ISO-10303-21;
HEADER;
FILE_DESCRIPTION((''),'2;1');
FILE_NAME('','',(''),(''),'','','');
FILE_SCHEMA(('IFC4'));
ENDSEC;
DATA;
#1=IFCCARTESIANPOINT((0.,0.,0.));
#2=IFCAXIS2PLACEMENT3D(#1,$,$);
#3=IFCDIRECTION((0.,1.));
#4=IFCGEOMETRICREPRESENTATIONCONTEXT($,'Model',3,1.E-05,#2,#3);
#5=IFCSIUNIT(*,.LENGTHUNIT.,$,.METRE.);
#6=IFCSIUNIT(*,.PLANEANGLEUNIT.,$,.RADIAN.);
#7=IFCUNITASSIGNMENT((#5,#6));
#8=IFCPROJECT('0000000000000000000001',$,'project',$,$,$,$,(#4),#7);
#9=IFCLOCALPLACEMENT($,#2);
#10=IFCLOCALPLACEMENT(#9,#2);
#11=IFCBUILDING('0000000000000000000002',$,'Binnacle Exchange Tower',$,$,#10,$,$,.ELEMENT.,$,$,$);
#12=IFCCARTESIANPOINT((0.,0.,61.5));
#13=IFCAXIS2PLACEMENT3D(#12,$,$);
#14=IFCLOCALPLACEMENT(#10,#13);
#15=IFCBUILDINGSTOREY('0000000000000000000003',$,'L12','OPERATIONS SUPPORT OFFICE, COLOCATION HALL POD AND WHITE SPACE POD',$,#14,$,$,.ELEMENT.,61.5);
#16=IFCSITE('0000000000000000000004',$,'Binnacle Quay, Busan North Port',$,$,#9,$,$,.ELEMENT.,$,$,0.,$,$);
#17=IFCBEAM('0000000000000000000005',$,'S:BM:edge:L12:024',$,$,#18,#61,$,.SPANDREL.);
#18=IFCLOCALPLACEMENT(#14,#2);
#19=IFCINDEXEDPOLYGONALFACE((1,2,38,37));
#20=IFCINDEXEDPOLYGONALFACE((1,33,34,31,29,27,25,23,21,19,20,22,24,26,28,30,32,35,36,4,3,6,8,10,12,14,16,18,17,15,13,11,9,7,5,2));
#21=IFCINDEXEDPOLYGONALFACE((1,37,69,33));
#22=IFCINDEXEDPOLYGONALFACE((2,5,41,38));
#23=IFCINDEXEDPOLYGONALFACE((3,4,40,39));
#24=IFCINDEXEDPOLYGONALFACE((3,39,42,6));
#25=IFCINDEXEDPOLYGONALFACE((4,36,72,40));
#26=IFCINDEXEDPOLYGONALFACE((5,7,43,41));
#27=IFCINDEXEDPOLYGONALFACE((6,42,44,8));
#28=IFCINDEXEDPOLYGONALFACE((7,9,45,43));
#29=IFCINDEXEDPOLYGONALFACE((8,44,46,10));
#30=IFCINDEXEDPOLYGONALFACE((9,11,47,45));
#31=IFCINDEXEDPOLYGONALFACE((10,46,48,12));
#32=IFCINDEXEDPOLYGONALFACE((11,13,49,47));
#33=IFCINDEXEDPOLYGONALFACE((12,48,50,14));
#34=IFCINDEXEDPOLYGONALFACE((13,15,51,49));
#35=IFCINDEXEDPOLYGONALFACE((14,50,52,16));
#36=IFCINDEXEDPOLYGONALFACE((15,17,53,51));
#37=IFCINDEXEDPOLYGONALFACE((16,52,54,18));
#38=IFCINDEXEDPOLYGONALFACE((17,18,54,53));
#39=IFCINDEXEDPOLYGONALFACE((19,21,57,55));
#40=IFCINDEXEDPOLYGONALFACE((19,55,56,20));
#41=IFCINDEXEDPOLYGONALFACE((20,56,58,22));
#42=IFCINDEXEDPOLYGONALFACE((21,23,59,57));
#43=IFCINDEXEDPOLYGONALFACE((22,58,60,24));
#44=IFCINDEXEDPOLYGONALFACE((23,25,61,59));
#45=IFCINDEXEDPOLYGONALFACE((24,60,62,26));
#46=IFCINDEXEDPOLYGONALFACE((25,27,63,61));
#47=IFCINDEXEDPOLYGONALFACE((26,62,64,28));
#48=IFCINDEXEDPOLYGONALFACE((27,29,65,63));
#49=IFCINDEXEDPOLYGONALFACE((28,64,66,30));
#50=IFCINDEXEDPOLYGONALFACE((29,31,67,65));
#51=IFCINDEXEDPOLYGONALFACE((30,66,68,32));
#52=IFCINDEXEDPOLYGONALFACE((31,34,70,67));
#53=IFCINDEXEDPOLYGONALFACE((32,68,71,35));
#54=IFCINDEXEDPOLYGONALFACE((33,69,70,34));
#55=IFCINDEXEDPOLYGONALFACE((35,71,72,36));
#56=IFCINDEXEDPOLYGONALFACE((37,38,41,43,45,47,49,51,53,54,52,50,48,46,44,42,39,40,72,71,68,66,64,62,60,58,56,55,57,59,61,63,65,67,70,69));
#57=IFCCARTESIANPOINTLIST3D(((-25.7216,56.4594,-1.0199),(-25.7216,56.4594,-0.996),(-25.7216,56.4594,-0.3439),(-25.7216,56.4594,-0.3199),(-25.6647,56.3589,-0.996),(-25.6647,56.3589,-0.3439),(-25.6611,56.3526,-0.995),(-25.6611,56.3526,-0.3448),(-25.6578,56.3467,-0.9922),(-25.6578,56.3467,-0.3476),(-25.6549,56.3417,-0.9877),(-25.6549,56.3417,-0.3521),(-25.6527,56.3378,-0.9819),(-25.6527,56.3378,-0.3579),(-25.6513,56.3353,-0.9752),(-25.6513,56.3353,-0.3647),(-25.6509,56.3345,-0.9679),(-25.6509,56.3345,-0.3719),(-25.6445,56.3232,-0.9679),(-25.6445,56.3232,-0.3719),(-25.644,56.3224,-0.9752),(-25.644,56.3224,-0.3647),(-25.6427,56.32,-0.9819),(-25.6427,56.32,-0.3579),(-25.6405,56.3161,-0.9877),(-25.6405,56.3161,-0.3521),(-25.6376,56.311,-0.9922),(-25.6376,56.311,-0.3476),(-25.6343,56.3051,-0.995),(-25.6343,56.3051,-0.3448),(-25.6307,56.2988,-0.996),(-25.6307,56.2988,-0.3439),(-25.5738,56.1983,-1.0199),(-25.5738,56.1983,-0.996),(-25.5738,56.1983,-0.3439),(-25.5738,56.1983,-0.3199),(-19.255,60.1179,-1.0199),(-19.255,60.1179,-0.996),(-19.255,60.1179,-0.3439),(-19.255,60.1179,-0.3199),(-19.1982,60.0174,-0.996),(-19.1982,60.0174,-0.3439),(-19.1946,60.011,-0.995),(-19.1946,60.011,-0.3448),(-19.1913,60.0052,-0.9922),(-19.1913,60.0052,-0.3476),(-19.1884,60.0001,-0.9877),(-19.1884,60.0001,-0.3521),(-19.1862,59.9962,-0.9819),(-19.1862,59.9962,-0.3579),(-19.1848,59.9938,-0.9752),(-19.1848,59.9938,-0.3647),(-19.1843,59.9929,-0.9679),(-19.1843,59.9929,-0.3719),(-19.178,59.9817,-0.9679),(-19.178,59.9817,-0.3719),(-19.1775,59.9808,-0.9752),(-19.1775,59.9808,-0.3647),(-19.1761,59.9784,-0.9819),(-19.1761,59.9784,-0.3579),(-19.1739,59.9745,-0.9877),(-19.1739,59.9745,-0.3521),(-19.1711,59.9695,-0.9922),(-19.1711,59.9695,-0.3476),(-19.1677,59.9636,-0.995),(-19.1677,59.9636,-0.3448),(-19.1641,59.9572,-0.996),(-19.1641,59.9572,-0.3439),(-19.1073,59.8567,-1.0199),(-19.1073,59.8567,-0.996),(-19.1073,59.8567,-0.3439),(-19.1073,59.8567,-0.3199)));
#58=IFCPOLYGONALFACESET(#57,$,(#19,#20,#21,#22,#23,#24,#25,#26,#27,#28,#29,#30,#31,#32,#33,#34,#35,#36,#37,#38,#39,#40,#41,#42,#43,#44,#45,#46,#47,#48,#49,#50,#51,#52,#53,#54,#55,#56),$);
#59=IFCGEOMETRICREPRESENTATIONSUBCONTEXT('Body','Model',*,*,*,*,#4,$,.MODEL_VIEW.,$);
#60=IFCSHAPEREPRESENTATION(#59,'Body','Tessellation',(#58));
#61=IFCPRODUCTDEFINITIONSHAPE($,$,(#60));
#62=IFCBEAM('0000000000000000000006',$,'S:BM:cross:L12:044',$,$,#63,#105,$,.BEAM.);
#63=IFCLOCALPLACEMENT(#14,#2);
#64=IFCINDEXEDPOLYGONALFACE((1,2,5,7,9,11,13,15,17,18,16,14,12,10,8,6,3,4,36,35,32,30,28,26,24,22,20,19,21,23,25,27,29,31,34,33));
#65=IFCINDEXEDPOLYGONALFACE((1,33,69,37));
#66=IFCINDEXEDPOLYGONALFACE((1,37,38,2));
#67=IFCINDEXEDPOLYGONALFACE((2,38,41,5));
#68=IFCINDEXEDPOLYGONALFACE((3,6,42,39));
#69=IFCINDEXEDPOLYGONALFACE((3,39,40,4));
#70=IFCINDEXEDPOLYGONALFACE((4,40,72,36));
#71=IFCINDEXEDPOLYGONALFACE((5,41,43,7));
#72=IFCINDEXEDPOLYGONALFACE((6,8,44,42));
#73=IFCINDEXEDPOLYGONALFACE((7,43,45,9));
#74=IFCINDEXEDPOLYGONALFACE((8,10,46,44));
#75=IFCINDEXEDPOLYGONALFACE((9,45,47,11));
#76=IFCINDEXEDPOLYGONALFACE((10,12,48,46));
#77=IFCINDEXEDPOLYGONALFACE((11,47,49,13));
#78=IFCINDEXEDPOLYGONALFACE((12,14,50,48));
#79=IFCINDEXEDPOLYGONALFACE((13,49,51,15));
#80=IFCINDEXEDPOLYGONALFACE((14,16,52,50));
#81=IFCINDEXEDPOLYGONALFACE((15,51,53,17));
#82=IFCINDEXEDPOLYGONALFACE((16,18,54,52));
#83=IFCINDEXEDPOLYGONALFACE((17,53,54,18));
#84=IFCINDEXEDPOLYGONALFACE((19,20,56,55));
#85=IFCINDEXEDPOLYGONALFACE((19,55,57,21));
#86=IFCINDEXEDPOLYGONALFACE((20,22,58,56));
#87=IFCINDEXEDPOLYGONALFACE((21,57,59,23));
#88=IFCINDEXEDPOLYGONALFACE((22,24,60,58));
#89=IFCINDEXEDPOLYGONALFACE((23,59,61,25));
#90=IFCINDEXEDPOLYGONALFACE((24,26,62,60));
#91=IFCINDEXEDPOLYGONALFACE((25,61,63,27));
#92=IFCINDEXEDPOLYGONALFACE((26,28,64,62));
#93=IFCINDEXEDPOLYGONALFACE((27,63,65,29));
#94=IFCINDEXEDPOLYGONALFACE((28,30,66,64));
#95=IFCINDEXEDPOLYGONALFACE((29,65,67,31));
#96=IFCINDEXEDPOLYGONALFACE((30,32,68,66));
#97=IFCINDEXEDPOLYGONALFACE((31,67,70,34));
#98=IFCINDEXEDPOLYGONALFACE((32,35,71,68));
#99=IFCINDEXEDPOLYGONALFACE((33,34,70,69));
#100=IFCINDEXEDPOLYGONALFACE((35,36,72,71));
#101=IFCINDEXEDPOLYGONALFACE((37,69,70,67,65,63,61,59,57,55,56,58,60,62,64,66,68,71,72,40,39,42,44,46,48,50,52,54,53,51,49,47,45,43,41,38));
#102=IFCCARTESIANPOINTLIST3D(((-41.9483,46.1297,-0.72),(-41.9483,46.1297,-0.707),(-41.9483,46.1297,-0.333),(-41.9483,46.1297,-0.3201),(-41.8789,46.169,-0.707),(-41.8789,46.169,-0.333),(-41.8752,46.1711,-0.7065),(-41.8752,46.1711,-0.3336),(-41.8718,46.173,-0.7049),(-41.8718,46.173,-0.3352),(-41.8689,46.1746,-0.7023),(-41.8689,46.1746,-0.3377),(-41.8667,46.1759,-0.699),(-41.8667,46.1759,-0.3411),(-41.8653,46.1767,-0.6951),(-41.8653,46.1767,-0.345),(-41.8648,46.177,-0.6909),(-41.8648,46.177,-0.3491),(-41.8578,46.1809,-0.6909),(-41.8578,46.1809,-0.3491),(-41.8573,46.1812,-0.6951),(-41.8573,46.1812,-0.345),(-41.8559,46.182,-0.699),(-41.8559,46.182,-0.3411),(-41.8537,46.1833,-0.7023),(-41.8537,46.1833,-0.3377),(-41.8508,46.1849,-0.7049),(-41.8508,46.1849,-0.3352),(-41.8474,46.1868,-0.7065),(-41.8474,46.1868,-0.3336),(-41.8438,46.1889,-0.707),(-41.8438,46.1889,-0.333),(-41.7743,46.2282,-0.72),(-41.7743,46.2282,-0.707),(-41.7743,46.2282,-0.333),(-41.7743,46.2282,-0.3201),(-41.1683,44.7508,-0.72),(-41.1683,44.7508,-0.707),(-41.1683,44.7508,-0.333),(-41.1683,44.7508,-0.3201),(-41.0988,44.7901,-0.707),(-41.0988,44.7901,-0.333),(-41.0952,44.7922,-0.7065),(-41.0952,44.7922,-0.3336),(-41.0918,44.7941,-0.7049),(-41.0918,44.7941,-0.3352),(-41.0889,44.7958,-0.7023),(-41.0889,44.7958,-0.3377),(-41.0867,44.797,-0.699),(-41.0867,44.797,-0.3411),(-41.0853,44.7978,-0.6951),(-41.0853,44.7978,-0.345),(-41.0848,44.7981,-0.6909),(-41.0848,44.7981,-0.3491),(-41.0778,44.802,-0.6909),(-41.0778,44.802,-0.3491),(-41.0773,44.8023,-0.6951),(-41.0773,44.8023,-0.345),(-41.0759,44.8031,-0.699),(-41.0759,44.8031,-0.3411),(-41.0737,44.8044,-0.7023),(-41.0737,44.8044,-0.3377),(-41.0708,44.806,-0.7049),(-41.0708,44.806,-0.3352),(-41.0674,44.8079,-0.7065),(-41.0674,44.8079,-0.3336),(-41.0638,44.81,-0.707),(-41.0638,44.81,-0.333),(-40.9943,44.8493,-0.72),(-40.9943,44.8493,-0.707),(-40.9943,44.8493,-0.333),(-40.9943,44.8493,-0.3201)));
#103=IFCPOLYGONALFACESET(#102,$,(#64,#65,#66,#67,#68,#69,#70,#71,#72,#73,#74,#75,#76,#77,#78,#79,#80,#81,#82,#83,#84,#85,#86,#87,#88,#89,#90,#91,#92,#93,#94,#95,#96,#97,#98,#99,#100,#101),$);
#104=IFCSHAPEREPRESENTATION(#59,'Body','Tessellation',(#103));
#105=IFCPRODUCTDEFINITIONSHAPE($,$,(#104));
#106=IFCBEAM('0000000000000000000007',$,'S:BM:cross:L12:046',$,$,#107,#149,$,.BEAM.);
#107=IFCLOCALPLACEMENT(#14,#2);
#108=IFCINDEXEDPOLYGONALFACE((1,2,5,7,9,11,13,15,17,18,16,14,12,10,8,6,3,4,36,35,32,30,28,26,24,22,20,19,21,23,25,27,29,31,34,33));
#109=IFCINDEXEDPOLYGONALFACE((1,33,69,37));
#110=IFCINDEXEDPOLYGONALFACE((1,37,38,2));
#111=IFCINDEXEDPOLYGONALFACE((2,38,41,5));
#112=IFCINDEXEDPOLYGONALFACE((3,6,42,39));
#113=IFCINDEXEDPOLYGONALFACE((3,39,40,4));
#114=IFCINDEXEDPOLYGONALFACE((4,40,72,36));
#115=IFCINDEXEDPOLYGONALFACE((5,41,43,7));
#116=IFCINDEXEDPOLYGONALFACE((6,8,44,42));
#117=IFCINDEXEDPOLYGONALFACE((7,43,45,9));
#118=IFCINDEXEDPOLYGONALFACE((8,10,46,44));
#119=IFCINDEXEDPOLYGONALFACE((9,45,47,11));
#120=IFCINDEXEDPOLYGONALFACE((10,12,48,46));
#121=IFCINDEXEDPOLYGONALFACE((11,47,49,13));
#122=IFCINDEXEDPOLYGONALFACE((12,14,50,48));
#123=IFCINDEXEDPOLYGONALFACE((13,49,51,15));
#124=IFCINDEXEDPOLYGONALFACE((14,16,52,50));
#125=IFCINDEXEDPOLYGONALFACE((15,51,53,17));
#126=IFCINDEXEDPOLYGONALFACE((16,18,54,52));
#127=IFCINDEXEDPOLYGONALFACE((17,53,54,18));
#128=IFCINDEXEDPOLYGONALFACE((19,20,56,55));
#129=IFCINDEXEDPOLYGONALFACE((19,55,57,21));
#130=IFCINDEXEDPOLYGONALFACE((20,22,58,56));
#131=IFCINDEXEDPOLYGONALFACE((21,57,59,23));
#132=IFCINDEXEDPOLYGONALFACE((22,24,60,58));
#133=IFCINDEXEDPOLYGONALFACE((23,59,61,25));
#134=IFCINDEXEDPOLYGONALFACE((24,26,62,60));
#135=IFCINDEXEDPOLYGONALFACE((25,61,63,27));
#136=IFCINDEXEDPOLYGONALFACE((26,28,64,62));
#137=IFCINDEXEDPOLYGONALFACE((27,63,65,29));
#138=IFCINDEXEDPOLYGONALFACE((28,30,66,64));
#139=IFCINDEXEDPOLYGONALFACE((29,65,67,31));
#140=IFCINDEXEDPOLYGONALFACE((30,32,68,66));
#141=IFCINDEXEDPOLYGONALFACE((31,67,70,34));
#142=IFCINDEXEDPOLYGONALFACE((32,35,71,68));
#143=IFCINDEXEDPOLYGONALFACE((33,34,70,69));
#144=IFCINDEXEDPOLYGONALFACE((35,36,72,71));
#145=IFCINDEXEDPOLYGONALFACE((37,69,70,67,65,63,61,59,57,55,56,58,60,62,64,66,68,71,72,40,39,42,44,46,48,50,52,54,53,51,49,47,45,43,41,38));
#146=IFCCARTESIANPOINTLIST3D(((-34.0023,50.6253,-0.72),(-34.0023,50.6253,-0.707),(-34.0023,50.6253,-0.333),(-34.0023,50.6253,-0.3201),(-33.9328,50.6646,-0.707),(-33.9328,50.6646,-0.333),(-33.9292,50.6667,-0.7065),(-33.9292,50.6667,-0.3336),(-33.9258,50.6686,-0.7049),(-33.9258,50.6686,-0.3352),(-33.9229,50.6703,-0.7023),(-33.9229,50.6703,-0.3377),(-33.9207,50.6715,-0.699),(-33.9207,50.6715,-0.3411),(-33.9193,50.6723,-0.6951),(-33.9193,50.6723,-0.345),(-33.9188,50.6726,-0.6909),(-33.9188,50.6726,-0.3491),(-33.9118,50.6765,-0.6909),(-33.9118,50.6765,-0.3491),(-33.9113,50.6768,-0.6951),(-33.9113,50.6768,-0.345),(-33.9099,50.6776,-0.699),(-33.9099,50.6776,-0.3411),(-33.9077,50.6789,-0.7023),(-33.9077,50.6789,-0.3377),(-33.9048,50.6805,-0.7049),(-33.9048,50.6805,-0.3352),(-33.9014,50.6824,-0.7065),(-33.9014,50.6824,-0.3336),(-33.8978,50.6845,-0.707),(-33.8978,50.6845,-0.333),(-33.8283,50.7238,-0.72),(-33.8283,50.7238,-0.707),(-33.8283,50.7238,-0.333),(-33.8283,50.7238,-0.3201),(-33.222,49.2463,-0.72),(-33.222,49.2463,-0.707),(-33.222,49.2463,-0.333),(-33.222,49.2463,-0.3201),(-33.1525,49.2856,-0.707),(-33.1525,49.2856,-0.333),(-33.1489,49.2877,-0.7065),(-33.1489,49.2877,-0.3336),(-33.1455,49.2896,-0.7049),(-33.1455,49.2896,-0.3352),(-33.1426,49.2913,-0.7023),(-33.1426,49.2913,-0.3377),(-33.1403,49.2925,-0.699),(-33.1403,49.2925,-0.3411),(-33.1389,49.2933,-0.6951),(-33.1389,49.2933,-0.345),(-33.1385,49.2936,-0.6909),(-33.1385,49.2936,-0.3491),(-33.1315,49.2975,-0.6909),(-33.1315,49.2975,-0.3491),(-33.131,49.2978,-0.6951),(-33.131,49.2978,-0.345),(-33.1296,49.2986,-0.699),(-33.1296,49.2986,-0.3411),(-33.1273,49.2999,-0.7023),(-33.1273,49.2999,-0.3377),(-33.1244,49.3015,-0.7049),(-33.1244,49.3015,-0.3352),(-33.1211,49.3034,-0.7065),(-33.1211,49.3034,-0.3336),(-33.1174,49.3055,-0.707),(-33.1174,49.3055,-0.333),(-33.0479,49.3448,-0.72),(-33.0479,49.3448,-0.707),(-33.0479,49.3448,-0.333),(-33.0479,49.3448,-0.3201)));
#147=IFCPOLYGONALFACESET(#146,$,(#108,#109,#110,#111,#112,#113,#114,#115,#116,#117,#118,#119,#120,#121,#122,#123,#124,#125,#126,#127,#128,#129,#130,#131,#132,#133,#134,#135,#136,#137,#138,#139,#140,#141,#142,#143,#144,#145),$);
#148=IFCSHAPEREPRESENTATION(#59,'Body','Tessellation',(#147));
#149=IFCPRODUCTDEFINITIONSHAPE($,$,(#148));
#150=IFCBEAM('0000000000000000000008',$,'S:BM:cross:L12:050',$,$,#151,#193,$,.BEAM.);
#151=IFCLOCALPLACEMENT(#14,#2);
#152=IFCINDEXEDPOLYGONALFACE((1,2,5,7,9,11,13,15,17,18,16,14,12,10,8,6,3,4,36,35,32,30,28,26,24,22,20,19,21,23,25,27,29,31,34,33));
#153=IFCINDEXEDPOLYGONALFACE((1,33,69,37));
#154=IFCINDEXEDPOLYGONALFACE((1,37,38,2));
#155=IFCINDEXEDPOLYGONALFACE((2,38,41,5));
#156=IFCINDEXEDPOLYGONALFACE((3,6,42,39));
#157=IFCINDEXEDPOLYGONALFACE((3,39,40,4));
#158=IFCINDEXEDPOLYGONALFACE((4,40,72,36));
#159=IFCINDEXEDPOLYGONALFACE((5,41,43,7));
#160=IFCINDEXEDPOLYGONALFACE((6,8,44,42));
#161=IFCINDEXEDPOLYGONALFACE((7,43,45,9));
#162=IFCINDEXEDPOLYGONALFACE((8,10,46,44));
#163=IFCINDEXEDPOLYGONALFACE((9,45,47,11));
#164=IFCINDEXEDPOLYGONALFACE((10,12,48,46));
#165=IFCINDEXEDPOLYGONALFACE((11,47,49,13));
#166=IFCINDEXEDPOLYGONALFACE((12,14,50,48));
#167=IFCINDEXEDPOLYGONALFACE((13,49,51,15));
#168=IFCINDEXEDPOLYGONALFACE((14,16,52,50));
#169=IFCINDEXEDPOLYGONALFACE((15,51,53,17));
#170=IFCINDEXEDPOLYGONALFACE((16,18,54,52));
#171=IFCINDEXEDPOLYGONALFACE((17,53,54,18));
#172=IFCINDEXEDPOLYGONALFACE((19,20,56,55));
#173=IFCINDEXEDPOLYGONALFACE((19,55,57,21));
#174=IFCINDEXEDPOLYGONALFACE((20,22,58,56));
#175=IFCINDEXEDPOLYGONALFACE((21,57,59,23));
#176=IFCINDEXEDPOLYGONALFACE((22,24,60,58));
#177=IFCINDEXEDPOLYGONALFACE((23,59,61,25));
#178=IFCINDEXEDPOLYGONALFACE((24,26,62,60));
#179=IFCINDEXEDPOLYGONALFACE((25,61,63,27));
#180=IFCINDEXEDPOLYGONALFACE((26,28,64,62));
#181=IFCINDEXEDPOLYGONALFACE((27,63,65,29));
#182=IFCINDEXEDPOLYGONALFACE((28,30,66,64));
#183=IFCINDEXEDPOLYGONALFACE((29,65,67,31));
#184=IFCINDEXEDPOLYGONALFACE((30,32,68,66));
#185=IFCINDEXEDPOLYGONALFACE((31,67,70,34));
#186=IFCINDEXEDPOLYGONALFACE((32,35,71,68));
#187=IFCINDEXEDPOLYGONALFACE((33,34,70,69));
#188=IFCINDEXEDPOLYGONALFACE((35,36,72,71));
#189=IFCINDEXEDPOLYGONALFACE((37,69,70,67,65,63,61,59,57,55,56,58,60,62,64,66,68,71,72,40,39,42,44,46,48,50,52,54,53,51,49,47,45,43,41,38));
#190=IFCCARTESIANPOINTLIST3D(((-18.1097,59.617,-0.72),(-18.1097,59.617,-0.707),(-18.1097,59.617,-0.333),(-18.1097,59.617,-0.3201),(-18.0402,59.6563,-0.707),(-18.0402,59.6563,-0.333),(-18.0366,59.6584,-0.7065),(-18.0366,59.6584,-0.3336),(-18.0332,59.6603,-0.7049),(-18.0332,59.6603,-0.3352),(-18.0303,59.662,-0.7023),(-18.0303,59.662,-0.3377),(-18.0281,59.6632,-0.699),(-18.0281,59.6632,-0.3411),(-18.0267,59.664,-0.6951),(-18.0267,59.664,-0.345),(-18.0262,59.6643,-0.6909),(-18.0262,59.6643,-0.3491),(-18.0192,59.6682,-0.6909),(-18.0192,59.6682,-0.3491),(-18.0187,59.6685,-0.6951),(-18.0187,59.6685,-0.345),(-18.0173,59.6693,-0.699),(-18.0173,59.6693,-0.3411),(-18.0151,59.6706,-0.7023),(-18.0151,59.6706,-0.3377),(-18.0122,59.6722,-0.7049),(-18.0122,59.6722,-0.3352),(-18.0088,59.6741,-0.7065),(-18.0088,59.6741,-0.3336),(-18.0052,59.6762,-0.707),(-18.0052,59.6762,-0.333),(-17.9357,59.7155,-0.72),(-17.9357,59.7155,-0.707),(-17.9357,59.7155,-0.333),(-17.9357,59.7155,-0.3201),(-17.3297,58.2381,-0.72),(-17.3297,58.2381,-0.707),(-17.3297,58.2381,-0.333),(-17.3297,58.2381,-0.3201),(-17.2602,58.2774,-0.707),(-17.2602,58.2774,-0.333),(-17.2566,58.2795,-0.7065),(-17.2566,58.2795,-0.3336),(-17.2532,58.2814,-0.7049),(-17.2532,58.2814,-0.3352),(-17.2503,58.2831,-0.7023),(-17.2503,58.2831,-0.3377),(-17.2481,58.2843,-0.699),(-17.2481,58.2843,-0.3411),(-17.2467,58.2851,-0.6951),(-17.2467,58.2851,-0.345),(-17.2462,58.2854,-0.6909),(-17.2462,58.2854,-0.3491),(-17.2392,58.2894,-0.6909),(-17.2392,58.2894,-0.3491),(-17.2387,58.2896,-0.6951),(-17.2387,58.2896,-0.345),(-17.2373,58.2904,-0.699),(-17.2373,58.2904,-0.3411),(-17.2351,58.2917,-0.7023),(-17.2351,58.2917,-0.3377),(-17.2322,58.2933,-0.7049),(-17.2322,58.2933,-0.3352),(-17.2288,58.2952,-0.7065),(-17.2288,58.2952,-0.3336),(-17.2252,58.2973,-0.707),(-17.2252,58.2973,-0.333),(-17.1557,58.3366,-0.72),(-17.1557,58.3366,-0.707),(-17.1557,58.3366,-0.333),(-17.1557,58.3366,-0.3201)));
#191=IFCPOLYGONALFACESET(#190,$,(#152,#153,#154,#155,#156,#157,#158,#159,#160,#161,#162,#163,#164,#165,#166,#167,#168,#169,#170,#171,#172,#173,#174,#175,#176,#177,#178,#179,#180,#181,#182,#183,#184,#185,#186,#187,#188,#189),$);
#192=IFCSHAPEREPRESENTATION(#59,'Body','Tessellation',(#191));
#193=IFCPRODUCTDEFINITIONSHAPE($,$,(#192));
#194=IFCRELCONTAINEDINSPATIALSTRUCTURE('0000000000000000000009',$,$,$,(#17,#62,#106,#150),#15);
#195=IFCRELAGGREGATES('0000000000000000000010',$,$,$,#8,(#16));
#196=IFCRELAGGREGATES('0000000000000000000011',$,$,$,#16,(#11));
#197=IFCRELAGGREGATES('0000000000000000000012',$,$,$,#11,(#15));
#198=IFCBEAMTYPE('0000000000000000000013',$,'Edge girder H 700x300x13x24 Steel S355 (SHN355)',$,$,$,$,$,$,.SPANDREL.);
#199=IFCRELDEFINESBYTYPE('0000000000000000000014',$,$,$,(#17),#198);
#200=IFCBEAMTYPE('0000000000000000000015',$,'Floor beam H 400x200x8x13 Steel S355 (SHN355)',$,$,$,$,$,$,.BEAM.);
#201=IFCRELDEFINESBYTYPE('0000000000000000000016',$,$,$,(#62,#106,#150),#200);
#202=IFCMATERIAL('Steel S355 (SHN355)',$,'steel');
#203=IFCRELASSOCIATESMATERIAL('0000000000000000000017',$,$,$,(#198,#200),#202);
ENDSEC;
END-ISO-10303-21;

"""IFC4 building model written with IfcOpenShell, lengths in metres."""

from ifc_helpers import new_model, si_unit, direction, frame, origin, origin_2d, place, context, subcontext, project, spatial, i_section, extrude, material, material_profile, profile_set, type_object, element, save


model = new_model("IFC4")

# Units and contexts
model_context = context("Model", 3, precision=1e-05, world=origin(), true_north=direction((0.0, 1.0)))
body_context = subcontext(model_context, "Body", "Model", "MODEL_VIEW")
ifc_project = project(units=[si_unit("LENGTHUNIT", "METRE"), si_unit("PLANEANGLEUNIT", "RADIAN")], contexts=[model_context])

# Site, building, storey
site_placement = place(None, origin())
site = spatial("IfcSite", under=ifc_project, at=site_placement, Name="Binnacle Quay, Busan North Port", CompositionType="ELEMENT", RefElevation=0.0)
building_placement = place(site_placement, origin())
building = spatial("IfcBuilding", under=site, at=building_placement, Name="Binnacle Exchange Tower", CompositionType="ELEMENT")
storey_placement = place(building_placement, frame((0.0, 0.0, 61.5)))
storey = spatial("IfcBuildingStorey", under=building, at=storey_placement, Name="L12", Description="OPERATIONS SUPPORT OFFICE, COLOCATION HALL POD AND WHITE SPACE POD", CompositionType="ELEMENT", Elevation=61.5)

# Beams
ifc_material_1 = material(Name="Steel S355 (SHN355)", Category="steel")
ifc_material_profile_1 = material_profile(ifc_material_1, i_section(OverallWidth=0.3, OverallDepth=0.7, WebThickness=0.0129, FlangeThickness=0.0239, FilletRadius=0.0281, at=origin_2d()), Name="H 700x300x13x24")
ifc_profile_set_1 = profile_set([ifc_material_profile_1], Name="Steel S355 (SHN355)")
beam_type_1 = type_object("IfcBeamType", Name="Edge girder H 700x300x13x24 Steel S355 (SHN355)", PredefinedType="SPANDREL", material=ifc_profile_set_1)
beam_1_placement = place(storey_placement, frame((-19.1812, 59.9873, -0.6699), z_axis=(-0.870364, -0.492408, 0.0), x_axis=(0.492408, -0.870364, 0.0)))
element("IfcBeam", 1, at=beam_1_placement, inside=storey, type_object=beam_type_1, Name="S:BM:edge:L12:024", PredefinedType="SPANDREL", context=body_context, shape_type="SweptSolid", body=[
    extrude(i_section(OverallWidth=0.3, OverallDepth=0.7, WebThickness=0.0129, FlangeThickness=0.0239, FilletRadius=0.0281, at=origin_2d()), origin(), (0.0, 0.0, 1.0), 7.4297),
])
ifc_material_profile_2 = material_profile(ifc_material_1, i_section(OverallWidth=0.2, OverallDepth=0.3999, WebThickness=0.0081, FlangeThickness=0.0129, FilletRadius=0.0161, at=origin_2d()), Name="H 400x200x8x13")
ifc_profile_set_2 = profile_set([ifc_material_profile_2], Name="Steel S355 (SHN355)")
beam_type_2 = type_object("IfcBeamType", Name="Floor beam H 400x200x8x13 Steel S355 (SHN355)", PredefinedType="BEAM", material=ifc_profile_set_2)
beam_2_placement = place(storey_placement, frame((-41.8613, 46.179, -0.52), z_axis=(0.492367, -0.870388, 0.0), x_axis=(0.870388, 0.492367, 0.0)))
element("IfcBeam", 2, at=beam_2_placement, inside=storey, type_object=beam_type_2, Name="S:BM:cross:L12:044", PredefinedType="BEAM", context=body_context, shape_type="SweptSolid", body=[
    extrude(i_section(OverallWidth=0.2, OverallDepth=0.3999, WebThickness=0.0081, FlangeThickness=0.0129, FilletRadius=0.0161, at=origin_2d()), origin(), (0.0, 0.0, 1.0), 1.5842),
])
beam_3_placement = place(storey_placement, frame((-33.9153, 50.6746, -0.52), z_axis=(0.492484, -0.870322, 0.0), x_axis=(0.870322, 0.492484, 0.0)))
element("IfcBeam", 3, at=beam_3_placement, inside=storey, type_object=beam_type_2, Name="S:BM:cross:L12:046", PredefinedType="BEAM", context=body_context, shape_type="SweptSolid", body=[
    extrude(i_section(OverallWidth=0.2, OverallDepth=0.3999, WebThickness=0.0081, FlangeThickness=0.0129, FilletRadius=0.0161, at=origin_2d()), origin(), (0.0, 0.0, 1.0), 1.5845),
])
beam_4_placement = place(storey_placement, frame((-18.0227, 59.6663, -0.52), z_axis=(0.492367, -0.870388, 0.0), x_axis=(0.870388, 0.492367, 0.0)))
element("IfcBeam", 4, at=beam_4_placement, inside=storey, type_object=beam_type_2, Name="S:BM:cross:L12:050", PredefinedType="BEAM", context=body_context, shape_type="SweptSolid", body=[
    extrude(i_section(OverallWidth=0.2, OverallDepth=0.3999, WebThickness=0.0081, FlangeThickness=0.0129, FilletRadius=0.0161, at=origin_2d()), origin(), (0.0, 0.0, 1.0), 1.5842),
])

save(model, "model.ifc")
